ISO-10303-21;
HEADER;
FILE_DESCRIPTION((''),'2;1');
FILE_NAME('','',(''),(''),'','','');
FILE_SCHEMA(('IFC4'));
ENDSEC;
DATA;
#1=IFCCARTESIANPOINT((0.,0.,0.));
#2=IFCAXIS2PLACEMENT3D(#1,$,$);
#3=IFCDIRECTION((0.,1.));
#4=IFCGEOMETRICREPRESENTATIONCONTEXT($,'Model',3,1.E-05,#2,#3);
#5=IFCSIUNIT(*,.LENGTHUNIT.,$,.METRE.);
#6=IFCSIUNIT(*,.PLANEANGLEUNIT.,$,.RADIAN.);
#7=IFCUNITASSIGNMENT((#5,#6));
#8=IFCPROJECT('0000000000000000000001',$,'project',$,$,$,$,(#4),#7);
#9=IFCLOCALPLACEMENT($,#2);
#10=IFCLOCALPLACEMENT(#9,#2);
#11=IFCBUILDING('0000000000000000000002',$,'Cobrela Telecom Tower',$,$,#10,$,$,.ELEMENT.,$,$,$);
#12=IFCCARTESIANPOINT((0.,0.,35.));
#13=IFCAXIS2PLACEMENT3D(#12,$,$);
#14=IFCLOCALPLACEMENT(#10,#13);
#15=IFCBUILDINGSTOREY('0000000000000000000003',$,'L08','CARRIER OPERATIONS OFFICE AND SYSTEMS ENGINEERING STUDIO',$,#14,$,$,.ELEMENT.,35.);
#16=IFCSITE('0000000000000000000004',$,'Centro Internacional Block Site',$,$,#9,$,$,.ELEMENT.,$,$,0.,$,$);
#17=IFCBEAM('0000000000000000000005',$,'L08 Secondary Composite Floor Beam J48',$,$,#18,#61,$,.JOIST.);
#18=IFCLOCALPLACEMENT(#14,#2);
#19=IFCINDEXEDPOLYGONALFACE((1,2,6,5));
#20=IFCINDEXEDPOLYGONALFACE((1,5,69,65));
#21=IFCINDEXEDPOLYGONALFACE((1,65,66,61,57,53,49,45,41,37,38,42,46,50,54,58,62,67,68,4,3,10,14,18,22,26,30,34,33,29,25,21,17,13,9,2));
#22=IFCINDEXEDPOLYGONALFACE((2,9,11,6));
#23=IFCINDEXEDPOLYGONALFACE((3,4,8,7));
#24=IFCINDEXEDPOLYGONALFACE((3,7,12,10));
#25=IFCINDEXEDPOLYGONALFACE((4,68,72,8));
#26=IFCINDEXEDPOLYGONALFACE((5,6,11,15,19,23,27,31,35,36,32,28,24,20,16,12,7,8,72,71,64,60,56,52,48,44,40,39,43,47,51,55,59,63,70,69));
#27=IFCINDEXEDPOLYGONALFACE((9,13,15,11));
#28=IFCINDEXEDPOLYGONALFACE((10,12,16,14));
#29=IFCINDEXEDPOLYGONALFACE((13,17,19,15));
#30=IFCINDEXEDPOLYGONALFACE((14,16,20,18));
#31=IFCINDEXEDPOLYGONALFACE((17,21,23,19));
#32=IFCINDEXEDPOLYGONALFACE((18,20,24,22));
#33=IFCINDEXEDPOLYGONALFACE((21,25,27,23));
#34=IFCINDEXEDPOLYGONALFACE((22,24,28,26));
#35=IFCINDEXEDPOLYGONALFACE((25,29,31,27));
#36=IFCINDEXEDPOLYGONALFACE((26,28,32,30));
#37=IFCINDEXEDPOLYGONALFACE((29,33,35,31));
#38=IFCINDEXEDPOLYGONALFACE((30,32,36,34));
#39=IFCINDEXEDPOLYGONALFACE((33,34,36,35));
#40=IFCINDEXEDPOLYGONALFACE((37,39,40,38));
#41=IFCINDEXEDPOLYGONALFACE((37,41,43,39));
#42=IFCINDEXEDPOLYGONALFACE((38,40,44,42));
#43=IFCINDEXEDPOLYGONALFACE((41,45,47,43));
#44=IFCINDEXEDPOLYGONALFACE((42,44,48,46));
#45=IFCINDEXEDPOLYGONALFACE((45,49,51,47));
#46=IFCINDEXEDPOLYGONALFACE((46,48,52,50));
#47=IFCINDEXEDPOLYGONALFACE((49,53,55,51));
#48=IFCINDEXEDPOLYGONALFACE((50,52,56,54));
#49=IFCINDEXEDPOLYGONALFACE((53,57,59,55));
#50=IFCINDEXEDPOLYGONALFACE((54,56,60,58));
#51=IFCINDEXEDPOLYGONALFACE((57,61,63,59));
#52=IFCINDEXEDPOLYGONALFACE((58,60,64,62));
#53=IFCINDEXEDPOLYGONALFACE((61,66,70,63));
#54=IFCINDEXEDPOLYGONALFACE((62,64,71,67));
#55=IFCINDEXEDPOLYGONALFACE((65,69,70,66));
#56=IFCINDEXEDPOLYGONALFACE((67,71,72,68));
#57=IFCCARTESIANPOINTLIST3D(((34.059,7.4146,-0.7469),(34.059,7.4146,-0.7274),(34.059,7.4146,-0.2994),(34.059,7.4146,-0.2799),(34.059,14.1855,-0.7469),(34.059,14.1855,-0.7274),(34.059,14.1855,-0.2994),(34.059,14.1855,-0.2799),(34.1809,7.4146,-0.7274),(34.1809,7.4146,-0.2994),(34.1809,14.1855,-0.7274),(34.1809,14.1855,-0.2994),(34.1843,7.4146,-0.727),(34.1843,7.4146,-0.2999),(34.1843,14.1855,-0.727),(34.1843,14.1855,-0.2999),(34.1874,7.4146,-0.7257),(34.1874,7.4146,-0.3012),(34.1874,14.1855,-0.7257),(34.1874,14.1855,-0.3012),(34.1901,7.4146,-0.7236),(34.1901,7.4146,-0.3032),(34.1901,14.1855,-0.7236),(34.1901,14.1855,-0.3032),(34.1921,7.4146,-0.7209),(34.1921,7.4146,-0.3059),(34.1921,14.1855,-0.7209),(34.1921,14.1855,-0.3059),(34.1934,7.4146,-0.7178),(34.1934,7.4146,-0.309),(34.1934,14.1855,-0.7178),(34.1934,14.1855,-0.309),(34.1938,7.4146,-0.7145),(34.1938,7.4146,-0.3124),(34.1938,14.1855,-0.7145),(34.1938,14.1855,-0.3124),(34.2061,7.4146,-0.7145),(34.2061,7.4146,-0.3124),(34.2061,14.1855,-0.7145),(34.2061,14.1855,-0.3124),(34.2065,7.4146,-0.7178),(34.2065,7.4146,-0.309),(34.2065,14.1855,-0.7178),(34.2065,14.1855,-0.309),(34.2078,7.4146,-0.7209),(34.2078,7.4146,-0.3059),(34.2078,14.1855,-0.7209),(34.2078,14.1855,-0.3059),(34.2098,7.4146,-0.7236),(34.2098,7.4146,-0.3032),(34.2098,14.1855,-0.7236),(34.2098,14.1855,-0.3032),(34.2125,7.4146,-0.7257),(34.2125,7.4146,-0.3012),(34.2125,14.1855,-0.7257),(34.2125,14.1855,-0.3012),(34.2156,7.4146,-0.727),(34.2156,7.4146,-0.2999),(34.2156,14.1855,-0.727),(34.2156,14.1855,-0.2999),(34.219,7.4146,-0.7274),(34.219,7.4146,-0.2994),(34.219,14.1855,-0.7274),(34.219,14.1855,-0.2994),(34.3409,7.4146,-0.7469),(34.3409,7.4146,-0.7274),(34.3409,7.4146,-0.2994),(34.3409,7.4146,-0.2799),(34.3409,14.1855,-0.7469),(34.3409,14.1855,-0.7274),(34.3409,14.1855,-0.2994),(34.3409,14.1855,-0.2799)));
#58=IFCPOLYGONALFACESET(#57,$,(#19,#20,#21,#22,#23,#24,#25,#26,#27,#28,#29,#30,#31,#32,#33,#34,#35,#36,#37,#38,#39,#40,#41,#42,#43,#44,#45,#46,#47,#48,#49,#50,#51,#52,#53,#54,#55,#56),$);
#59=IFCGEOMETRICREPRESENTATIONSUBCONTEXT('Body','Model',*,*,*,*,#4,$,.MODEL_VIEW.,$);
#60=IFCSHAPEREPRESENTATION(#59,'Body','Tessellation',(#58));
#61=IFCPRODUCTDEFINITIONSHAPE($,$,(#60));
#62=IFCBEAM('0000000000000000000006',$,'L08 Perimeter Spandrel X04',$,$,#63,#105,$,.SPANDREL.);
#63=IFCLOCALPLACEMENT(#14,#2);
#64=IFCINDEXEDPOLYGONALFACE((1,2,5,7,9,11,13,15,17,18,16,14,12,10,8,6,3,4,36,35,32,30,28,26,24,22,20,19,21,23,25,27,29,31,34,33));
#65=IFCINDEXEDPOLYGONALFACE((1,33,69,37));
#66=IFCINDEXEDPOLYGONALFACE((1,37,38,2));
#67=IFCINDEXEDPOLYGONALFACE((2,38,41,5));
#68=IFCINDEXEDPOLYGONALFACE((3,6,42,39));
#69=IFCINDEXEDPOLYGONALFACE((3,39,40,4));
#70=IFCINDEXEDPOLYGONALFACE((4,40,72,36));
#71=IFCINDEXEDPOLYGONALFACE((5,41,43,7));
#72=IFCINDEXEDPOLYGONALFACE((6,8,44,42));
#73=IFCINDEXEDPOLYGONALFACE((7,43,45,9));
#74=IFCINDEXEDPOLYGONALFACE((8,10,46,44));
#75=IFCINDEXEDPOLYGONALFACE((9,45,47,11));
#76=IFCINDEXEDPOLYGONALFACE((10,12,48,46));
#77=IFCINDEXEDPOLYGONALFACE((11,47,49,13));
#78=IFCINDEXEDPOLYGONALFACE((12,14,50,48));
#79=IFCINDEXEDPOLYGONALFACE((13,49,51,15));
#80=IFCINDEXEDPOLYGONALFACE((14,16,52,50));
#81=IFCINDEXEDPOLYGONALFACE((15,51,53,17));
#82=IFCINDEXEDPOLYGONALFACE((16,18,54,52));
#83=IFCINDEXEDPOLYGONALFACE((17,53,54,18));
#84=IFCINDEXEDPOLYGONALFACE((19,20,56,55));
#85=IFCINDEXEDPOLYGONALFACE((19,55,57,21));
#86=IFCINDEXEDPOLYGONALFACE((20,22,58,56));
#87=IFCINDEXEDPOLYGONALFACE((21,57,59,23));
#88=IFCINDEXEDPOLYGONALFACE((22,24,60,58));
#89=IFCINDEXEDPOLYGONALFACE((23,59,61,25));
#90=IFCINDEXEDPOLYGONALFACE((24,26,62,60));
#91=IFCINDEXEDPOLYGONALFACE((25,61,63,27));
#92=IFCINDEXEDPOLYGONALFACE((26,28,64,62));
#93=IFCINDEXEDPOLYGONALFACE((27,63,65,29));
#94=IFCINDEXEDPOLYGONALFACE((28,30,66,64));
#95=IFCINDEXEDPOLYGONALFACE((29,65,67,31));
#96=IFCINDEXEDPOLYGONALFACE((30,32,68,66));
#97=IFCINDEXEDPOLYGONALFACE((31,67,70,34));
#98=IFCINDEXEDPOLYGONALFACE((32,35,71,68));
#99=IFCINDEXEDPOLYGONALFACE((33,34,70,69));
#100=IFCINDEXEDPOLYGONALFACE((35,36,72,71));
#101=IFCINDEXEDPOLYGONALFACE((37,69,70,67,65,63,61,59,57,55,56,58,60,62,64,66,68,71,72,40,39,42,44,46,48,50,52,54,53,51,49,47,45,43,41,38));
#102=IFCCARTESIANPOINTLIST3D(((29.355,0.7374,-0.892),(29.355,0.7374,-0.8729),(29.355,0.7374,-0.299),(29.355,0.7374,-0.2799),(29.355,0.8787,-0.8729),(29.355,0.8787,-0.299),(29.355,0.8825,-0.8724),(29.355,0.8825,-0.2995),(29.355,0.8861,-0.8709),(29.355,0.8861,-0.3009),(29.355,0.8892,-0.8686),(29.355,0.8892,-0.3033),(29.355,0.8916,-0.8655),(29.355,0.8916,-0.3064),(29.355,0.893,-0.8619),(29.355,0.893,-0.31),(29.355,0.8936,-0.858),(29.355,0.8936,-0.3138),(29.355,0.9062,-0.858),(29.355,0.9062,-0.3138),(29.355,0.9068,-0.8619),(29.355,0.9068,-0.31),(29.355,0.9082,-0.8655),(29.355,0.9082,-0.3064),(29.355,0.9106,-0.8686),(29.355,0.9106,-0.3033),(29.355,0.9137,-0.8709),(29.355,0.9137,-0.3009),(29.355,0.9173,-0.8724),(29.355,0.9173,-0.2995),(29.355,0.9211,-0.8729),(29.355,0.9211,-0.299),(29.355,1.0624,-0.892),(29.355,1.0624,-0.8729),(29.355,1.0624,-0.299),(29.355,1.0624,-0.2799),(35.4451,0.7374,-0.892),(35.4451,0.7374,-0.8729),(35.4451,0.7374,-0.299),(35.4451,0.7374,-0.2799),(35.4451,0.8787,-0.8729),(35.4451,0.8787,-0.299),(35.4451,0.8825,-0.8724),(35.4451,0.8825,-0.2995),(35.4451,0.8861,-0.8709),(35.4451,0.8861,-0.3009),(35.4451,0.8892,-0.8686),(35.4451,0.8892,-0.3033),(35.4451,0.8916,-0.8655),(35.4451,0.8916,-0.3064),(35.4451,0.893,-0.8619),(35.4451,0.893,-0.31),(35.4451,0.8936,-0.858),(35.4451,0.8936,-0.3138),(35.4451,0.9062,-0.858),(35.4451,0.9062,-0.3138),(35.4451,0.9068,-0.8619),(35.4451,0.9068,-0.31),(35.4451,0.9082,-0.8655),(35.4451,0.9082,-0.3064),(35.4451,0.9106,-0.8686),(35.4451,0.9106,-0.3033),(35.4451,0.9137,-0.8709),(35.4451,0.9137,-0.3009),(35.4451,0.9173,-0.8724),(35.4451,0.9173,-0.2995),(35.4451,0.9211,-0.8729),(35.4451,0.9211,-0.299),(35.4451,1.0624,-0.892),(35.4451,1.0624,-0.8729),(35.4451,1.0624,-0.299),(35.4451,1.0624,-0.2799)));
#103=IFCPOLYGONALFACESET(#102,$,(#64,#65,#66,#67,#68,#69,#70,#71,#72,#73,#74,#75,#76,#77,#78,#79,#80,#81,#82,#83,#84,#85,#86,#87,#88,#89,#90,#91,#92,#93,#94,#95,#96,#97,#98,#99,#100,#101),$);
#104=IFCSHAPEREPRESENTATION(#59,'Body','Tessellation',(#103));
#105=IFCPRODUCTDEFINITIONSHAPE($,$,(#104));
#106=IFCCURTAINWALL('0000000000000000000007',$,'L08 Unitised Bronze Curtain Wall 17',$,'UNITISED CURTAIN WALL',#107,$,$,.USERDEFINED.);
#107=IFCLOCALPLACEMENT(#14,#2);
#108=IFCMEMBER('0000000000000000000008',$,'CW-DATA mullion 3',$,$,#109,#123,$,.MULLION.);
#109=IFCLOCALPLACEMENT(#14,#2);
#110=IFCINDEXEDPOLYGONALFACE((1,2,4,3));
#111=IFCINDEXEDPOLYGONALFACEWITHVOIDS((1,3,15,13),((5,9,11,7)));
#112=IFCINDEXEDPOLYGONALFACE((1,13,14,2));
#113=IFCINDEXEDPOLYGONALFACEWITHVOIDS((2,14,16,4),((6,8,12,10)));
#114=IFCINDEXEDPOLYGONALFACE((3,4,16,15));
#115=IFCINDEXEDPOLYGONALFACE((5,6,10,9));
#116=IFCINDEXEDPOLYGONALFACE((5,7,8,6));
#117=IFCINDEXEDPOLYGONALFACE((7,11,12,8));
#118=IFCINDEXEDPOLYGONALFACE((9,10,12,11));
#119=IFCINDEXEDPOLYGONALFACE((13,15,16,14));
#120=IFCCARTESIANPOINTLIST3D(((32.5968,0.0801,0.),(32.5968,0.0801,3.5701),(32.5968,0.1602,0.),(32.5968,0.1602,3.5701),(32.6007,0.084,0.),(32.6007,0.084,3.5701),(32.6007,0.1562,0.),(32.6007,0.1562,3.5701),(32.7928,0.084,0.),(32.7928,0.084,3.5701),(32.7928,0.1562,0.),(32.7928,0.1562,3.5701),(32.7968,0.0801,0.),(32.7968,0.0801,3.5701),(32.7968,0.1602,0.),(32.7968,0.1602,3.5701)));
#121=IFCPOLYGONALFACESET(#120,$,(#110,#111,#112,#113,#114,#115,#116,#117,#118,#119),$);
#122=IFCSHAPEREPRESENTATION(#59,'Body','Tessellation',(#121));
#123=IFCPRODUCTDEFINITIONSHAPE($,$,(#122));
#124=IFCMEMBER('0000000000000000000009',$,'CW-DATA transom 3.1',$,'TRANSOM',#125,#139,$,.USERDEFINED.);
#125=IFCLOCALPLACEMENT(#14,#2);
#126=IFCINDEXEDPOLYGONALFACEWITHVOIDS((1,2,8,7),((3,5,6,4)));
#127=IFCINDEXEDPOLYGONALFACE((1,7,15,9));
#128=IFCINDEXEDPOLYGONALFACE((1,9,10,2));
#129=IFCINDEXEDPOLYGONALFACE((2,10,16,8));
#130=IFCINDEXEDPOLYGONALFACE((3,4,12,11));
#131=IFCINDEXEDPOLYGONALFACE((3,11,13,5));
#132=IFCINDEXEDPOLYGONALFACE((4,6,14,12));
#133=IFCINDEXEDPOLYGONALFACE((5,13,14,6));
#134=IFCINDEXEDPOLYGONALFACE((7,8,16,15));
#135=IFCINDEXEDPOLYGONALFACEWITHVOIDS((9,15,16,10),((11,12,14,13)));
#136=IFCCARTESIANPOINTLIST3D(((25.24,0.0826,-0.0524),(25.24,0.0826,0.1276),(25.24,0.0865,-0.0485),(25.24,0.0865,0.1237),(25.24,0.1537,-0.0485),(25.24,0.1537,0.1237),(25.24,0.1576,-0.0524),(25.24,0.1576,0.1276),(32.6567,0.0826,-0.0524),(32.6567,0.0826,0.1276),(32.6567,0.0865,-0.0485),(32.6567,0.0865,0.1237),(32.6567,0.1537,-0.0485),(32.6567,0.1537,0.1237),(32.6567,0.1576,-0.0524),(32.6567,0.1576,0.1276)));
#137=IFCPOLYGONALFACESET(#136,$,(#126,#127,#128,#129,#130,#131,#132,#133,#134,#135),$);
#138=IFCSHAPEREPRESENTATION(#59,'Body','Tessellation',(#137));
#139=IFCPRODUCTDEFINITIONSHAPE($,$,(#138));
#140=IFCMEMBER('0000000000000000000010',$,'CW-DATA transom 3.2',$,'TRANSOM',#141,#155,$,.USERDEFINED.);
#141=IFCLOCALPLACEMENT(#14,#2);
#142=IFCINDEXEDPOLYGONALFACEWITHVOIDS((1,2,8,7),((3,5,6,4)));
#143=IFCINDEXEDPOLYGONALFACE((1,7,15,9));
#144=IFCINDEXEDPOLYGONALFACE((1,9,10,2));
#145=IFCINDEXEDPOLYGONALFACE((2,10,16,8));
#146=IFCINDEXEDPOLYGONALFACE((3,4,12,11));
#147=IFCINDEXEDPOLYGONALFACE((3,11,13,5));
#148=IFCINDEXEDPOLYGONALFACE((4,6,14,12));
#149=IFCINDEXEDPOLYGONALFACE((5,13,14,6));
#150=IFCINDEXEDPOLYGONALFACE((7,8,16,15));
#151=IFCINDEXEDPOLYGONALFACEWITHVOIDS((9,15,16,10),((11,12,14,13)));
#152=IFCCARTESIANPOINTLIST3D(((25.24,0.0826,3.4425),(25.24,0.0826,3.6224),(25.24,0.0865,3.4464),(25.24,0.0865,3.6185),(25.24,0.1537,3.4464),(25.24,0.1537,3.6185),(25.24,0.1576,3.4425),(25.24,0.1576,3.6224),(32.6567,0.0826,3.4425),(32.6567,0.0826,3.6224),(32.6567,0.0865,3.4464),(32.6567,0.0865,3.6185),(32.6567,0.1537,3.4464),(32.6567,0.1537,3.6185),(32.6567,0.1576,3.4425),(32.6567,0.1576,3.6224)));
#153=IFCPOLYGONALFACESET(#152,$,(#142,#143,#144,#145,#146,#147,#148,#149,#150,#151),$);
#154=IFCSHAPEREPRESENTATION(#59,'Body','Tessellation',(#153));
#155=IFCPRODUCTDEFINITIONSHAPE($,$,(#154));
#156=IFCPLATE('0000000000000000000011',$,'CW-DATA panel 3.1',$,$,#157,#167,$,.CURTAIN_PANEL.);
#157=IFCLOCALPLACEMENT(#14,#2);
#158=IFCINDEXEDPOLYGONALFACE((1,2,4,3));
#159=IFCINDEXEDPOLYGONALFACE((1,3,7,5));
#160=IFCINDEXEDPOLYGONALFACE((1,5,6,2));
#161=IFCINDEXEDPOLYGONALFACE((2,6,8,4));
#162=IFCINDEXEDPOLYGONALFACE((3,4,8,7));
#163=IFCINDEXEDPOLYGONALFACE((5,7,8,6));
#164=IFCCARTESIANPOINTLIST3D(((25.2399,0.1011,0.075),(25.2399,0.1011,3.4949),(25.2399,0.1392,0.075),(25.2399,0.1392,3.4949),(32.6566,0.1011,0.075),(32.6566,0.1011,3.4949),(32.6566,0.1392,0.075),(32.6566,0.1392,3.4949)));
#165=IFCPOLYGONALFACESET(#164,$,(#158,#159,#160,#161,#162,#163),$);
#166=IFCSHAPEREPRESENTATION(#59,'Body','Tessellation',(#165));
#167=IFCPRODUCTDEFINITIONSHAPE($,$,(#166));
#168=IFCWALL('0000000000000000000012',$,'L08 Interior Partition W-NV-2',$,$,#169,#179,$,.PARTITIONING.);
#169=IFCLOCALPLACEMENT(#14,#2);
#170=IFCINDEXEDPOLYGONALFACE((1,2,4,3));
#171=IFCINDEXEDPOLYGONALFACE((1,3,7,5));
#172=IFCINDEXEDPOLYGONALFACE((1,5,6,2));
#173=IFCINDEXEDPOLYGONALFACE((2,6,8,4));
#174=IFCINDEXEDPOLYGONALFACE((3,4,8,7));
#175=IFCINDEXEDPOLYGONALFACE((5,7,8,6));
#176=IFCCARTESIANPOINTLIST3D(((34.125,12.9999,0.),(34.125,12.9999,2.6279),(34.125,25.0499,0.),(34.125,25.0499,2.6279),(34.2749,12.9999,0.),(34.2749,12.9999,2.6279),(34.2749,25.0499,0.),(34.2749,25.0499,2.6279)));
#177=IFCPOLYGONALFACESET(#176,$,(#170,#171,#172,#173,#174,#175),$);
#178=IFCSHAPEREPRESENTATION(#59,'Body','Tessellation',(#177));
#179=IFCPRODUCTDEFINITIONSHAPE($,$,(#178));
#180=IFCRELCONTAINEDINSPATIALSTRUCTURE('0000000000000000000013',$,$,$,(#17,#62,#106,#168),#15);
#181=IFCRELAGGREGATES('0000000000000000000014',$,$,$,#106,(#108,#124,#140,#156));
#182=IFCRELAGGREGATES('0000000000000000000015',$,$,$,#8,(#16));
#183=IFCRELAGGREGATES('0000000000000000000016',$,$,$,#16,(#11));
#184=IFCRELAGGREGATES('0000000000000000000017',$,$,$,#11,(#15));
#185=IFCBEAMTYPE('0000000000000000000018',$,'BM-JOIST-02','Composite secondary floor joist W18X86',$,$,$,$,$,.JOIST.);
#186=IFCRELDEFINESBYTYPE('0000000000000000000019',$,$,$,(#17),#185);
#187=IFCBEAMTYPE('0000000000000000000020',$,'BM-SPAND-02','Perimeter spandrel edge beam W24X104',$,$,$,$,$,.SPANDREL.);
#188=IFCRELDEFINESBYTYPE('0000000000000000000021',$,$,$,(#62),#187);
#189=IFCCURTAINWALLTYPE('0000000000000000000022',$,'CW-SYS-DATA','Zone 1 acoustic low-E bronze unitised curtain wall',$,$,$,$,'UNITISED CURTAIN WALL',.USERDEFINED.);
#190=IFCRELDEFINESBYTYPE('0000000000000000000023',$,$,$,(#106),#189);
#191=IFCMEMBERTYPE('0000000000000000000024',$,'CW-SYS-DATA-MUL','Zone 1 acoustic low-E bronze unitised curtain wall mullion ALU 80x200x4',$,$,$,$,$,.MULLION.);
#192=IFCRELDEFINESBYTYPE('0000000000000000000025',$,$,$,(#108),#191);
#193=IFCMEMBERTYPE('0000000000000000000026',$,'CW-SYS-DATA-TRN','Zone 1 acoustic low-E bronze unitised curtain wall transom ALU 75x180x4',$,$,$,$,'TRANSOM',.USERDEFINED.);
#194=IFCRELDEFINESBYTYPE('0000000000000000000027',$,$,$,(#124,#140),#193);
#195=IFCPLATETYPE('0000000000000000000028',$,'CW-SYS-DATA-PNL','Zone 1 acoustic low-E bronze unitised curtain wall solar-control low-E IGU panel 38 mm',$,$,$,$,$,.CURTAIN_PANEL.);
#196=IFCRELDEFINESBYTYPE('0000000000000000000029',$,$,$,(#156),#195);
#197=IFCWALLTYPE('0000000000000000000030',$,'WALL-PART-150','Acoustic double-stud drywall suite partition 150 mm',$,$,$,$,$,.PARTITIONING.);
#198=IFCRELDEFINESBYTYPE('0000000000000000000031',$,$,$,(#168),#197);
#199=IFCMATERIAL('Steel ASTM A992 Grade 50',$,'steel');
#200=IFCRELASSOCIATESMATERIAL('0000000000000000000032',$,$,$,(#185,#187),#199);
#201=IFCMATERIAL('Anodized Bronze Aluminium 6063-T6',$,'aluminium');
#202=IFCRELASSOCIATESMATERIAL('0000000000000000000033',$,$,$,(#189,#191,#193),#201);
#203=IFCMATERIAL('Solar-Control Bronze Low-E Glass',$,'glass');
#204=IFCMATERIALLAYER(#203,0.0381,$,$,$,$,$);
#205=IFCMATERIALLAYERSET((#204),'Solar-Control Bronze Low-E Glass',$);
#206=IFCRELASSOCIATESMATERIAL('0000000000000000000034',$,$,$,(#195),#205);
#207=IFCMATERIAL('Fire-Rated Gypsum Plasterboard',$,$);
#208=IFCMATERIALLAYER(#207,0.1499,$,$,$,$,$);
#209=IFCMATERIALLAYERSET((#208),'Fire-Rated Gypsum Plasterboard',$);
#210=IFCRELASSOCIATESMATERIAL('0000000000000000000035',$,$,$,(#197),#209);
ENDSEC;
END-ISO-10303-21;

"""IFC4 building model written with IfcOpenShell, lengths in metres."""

from ifc_helpers import new_model, si_unit, direction, frame, frame_2d, origin, origin_2d, place, context, subcontext, project, spatial, rectangle, hollow_rectangle, i_section, extrude, material, layer, layer_set, material_profile, profile_set, type_object, element, aggregate, save


model = new_model("IFC4")

# Units and contexts
model_context = context("Model", 3, precision=1e-05, world=origin(), true_north=direction((0.0, 1.0)))
body_context = subcontext(model_context, "Body", "Model", "MODEL_VIEW")
ifc_project = project(units=[si_unit("LENGTHUNIT", "METRE"), si_unit("PLANEANGLEUNIT", "RADIAN")], contexts=[model_context])

# Site, building, storey
site_placement = place(None, origin())
site = spatial("IfcSite", under=ifc_project, at=site_placement, Name="Centro Internacional Block Site", CompositionType="ELEMENT", RefElevation=0.0)
building_placement = place(site_placement, origin())
building = spatial("IfcBuilding", under=site, at=building_placement, Name="Cobrela Telecom Tower", CompositionType="ELEMENT")
storey_placement = place(building_placement, frame((0.0, 0.0, 35.0)))
storey = spatial("IfcBuildingStorey", under=building, at=storey_placement, Name="L08", Description="CARRIER OPERATIONS OFFICE AND SYSTEMS ENGINEERING STUDIO", CompositionType="ELEMENT", Elevation=35.0)

# Shared definitions
ifc_material_1 = material(Name="Steel ASTM A992 Grade 50", Category="steel")

# Beams
ifc_material_profile_1 = material_profile(ifc_material_1, i_section(OverallWidth=0.282, OverallDepth=0.467, WebThickness=0.0122, FlangeThickness=0.0195, FilletRadius=0.0129, at=origin_2d()), Name="W18X86")
ifc_profile_set_1 = profile_set([ifc_material_profile_1], Name="Steel ASTM A992 Grade 50")
beam_type_1 = type_object("IfcBeamType", Name="BM-JOIST-02", Description="Composite secondary floor joist W18X86", PredefinedType="JOIST", material=ifc_profile_set_1)
beam_1_placement = place(storey_placement, frame((34.2, 7.4146, -0.5134), z_axis=(0.0, 1.0, 0.0), x_axis=(-1.0, 0.0, 0.0)))
element("IfcBeam", 1, at=beam_1_placement, inside=storey, type_object=beam_type_1, Name="L08 Secondary Composite Floor Beam J48", PredefinedType="JOIST", context=body_context, shape_type="SweptSolid", body=[
    extrude(i_section(OverallWidth=0.282, OverallDepth=0.467, WebThickness=0.0122, FlangeThickness=0.0195, FilletRadius=0.0129, at=origin_2d()), origin(), (0.0, 0.0, 1.0), 6.771),
])
ifc_material_profile_2 = material_profile(ifc_material_1, i_section(OverallWidth=0.325, OverallDepth=0.6121, WebThickness=0.0127, FlangeThickness=0.019, FilletRadius=0.0149, at=origin_2d()), Name="W24X104")
ifc_profile_set_2 = profile_set([ifc_material_profile_2], Name="Steel ASTM A992 Grade 50")
beam_type_2 = type_object("IfcBeamType", Name="BM-SPAND-02", Description="Perimeter spandrel edge beam W24X104", PredefinedType="SPANDREL", material=ifc_profile_set_2)
beam_2_placement = place(storey_placement, frame((29.355, 0.8999, -0.5859), z_axis=(1.0, 0.0, 0.0), x_axis=(0.0, 1.0, 0.0)))
element("IfcBeam", 2, at=beam_2_placement, inside=storey, type_object=beam_type_2, Name="L08 Perimeter Spandrel X04", PredefinedType="SPANDREL", context=body_context, shape_type="SweptSolid", body=[
    extrude(i_section(OverallWidth=0.325, OverallDepth=0.6121, WebThickness=0.0127, FlangeThickness=0.019, FilletRadius=0.0149, at=origin_2d()), origin(), (0.0, 0.0, 1.0), 6.0901),
])

# Curtain wall, members, plate
ifc_material_2 = material(Name="Anodized Bronze Aluminium 6063-T6", Category="aluminium")
curtain_wall_type = type_object("IfcCurtainWallType", Name="CW-SYS-DATA", Description="Zone 1 acoustic low-E bronze unitised curtain wall", ElementType="UNITISED CURTAIN WALL", PredefinedType="USERDEFINED", material=ifc_material_2)
curtain_wall_placement = place(storey_placement, origin())
curtain_wall = element("IfcCurtainWall", 3, at=curtain_wall_placement, inside=storey, type_object=curtain_wall_type, Name="L08 Unitised Bronze Curtain Wall 17", ObjectType="UNITISED CURTAIN WALL", PredefinedType="USERDEFINED")
ifc_material_profile_3 = material_profile(ifc_material_2, hollow_rectangle(XDim=0.0801, YDim=0.2, WallThickness=0.0039, at=origin_2d()), Name="ALU 80x200x4")
ifc_profile_set_3 = profile_set([ifc_material_profile_3], Name="Anodized Bronze Aluminium 6063-T6")
member_type_1 = type_object("IfcMemberType", Name="CW-SYS-DATA-MUL", Description="Zone 1 acoustic low-E bronze unitised curtain wall mullion ALU 80x200x4", PredefinedType="MULLION", material=ifc_profile_set_3)
member_1_placement = place(storey_placement, frame((32.6968, 0.1201, 0.0), z_axis=(0.0, 0.0, 1.0), x_axis=(0.0, -1.0, 0.0)))
member_1 = element("IfcMember", 4, at=member_1_placement, type_object=member_type_1, Name="CW-DATA mullion 3", PredefinedType="MULLION", context=body_context, shape_type="SweptSolid", body=[
    extrude(hollow_rectangle(XDim=0.0801, YDim=0.2, WallThickness=0.0039, at=origin_2d()), origin(), (0.0, 0.0, 1.0), 3.5701),
])
ifc_material_profile_4 = material_profile(ifc_material_2, hollow_rectangle(XDim=0.075, YDim=0.1799, WallThickness=0.0039, at=origin_2d()), Name="ALU 75x180x4")
ifc_profile_set_4 = profile_set([ifc_material_profile_4], Name="Anodized Bronze Aluminium 6063-T6")
member_type_2 = type_object("IfcMemberType", Name="CW-SYS-DATA-TRN", Description="Zone 1 acoustic low-E bronze unitised curtain wall transom ALU 75x180x4", ElementType="TRANSOM", PredefinedType="USERDEFINED", material=ifc_profile_set_4)
member_2_placement = place(storey_placement, frame((32.6567, 0.1201, 0.0376), z_axis=(-1.0, 0.0, 0.0), x_axis=(0.0, -1.0, 0.0)))
member_2 = element("IfcMember", 5, at=member_2_placement, type_object=member_type_2, Name="CW-DATA transom 3.1", ObjectType="TRANSOM", PredefinedType="USERDEFINED", context=body_context, shape_type="SweptSolid", body=[
    extrude(hollow_rectangle(XDim=0.075, YDim=0.1799, WallThickness=0.0039, at=origin_2d()), origin(), (0.0, 0.0, 1.0), 7.4167),
])
member_3_placement = place(storey_placement, frame((32.6567, 0.1201, 3.5325), z_axis=(-1.0, 0.0, 0.0), x_axis=(0.0, -1.0, 0.0)))
member_3 = element("IfcMember", 6, at=member_3_placement, type_object=member_type_2, Name="CW-DATA transom 3.2", ObjectType="TRANSOM", PredefinedType="USERDEFINED", context=body_context, shape_type="SweptSolid", body=[
    extrude(hollow_rectangle(XDim=0.075, YDim=0.1799, WallThickness=0.0039, at=origin_2d()), origin(), (0.0, 0.0, 1.0), 7.4167),
])
ifc_material_3 = material(Name="Solar-Control Bronze Low-E Glass", Category="glass")
ifc_layer_1 = layer(ifc_material_3, 0.0381)
ifc_layer_set_1 = layer_set([ifc_layer_1], Name="Solar-Control Bronze Low-E Glass")
plate_type = type_object("IfcPlateType", Name="CW-SYS-DATA-PNL", Description="Zone 1 acoustic low-E bronze unitised curtain wall solar-control low-E IGU panel 38 mm", PredefinedType="CURTAIN_PANEL", material=ifc_layer_set_1)
plate_placement = place(storey_placement, frame((28.9482, 0.1201, 0.075), z_axis=(0.0, 0.0, 1.0), x_axis=(-1.0, 0.0, 0.0)))
plate = element("IfcPlate", 7, at=plate_placement, type_object=plate_type, Name="CW-DATA panel 3.1", PredefinedType="CURTAIN_PANEL", context=body_context, shape_type="SweptSolid", body=[
    extrude(rectangle(XDim=7.4167, YDim=0.0381, at=origin_2d()), origin(), (0.0, 0.0, 1.0), 3.4199),
])
aggregate(curtain_wall, [member_1, member_2, member_3, plate])

# Wall
ifc_material_4 = material(Name="Fire-Rated Gypsum Plasterboard")
ifc_layer_2 = layer(ifc_material_4, 0.1499)
ifc_layer_set_2 = layer_set([ifc_layer_2], Name="Fire-Rated Gypsum Plasterboard")
wall_type = type_object("IfcWallType", Name="WALL-PART-150", Description="Acoustic double-stud drywall suite partition 150 mm", PredefinedType="PARTITIONING", material=ifc_layer_set_2)
wall_1_placement = place(storey_placement, frame((34.2, 13.0, 0.0), z_axis=(0.0, 0.0, 1.0), x_axis=(0.0, 1.0, 0.0)))
element("IfcWall", 8, at=wall_1_placement, inside=storey, type_object=wall_type, Name="L08 Interior Partition W-NV-2", PredefinedType="PARTITIONING", context=body_context, shape_type="SweptSolid", body=[
    extrude(rectangle(XDim=12.05, YDim=0.1499, at=frame_2d((6.0249, 0.0))), origin(), (0.0, 0.0, 1.0), 2.6279),
])

save(model, "model.ifc")
